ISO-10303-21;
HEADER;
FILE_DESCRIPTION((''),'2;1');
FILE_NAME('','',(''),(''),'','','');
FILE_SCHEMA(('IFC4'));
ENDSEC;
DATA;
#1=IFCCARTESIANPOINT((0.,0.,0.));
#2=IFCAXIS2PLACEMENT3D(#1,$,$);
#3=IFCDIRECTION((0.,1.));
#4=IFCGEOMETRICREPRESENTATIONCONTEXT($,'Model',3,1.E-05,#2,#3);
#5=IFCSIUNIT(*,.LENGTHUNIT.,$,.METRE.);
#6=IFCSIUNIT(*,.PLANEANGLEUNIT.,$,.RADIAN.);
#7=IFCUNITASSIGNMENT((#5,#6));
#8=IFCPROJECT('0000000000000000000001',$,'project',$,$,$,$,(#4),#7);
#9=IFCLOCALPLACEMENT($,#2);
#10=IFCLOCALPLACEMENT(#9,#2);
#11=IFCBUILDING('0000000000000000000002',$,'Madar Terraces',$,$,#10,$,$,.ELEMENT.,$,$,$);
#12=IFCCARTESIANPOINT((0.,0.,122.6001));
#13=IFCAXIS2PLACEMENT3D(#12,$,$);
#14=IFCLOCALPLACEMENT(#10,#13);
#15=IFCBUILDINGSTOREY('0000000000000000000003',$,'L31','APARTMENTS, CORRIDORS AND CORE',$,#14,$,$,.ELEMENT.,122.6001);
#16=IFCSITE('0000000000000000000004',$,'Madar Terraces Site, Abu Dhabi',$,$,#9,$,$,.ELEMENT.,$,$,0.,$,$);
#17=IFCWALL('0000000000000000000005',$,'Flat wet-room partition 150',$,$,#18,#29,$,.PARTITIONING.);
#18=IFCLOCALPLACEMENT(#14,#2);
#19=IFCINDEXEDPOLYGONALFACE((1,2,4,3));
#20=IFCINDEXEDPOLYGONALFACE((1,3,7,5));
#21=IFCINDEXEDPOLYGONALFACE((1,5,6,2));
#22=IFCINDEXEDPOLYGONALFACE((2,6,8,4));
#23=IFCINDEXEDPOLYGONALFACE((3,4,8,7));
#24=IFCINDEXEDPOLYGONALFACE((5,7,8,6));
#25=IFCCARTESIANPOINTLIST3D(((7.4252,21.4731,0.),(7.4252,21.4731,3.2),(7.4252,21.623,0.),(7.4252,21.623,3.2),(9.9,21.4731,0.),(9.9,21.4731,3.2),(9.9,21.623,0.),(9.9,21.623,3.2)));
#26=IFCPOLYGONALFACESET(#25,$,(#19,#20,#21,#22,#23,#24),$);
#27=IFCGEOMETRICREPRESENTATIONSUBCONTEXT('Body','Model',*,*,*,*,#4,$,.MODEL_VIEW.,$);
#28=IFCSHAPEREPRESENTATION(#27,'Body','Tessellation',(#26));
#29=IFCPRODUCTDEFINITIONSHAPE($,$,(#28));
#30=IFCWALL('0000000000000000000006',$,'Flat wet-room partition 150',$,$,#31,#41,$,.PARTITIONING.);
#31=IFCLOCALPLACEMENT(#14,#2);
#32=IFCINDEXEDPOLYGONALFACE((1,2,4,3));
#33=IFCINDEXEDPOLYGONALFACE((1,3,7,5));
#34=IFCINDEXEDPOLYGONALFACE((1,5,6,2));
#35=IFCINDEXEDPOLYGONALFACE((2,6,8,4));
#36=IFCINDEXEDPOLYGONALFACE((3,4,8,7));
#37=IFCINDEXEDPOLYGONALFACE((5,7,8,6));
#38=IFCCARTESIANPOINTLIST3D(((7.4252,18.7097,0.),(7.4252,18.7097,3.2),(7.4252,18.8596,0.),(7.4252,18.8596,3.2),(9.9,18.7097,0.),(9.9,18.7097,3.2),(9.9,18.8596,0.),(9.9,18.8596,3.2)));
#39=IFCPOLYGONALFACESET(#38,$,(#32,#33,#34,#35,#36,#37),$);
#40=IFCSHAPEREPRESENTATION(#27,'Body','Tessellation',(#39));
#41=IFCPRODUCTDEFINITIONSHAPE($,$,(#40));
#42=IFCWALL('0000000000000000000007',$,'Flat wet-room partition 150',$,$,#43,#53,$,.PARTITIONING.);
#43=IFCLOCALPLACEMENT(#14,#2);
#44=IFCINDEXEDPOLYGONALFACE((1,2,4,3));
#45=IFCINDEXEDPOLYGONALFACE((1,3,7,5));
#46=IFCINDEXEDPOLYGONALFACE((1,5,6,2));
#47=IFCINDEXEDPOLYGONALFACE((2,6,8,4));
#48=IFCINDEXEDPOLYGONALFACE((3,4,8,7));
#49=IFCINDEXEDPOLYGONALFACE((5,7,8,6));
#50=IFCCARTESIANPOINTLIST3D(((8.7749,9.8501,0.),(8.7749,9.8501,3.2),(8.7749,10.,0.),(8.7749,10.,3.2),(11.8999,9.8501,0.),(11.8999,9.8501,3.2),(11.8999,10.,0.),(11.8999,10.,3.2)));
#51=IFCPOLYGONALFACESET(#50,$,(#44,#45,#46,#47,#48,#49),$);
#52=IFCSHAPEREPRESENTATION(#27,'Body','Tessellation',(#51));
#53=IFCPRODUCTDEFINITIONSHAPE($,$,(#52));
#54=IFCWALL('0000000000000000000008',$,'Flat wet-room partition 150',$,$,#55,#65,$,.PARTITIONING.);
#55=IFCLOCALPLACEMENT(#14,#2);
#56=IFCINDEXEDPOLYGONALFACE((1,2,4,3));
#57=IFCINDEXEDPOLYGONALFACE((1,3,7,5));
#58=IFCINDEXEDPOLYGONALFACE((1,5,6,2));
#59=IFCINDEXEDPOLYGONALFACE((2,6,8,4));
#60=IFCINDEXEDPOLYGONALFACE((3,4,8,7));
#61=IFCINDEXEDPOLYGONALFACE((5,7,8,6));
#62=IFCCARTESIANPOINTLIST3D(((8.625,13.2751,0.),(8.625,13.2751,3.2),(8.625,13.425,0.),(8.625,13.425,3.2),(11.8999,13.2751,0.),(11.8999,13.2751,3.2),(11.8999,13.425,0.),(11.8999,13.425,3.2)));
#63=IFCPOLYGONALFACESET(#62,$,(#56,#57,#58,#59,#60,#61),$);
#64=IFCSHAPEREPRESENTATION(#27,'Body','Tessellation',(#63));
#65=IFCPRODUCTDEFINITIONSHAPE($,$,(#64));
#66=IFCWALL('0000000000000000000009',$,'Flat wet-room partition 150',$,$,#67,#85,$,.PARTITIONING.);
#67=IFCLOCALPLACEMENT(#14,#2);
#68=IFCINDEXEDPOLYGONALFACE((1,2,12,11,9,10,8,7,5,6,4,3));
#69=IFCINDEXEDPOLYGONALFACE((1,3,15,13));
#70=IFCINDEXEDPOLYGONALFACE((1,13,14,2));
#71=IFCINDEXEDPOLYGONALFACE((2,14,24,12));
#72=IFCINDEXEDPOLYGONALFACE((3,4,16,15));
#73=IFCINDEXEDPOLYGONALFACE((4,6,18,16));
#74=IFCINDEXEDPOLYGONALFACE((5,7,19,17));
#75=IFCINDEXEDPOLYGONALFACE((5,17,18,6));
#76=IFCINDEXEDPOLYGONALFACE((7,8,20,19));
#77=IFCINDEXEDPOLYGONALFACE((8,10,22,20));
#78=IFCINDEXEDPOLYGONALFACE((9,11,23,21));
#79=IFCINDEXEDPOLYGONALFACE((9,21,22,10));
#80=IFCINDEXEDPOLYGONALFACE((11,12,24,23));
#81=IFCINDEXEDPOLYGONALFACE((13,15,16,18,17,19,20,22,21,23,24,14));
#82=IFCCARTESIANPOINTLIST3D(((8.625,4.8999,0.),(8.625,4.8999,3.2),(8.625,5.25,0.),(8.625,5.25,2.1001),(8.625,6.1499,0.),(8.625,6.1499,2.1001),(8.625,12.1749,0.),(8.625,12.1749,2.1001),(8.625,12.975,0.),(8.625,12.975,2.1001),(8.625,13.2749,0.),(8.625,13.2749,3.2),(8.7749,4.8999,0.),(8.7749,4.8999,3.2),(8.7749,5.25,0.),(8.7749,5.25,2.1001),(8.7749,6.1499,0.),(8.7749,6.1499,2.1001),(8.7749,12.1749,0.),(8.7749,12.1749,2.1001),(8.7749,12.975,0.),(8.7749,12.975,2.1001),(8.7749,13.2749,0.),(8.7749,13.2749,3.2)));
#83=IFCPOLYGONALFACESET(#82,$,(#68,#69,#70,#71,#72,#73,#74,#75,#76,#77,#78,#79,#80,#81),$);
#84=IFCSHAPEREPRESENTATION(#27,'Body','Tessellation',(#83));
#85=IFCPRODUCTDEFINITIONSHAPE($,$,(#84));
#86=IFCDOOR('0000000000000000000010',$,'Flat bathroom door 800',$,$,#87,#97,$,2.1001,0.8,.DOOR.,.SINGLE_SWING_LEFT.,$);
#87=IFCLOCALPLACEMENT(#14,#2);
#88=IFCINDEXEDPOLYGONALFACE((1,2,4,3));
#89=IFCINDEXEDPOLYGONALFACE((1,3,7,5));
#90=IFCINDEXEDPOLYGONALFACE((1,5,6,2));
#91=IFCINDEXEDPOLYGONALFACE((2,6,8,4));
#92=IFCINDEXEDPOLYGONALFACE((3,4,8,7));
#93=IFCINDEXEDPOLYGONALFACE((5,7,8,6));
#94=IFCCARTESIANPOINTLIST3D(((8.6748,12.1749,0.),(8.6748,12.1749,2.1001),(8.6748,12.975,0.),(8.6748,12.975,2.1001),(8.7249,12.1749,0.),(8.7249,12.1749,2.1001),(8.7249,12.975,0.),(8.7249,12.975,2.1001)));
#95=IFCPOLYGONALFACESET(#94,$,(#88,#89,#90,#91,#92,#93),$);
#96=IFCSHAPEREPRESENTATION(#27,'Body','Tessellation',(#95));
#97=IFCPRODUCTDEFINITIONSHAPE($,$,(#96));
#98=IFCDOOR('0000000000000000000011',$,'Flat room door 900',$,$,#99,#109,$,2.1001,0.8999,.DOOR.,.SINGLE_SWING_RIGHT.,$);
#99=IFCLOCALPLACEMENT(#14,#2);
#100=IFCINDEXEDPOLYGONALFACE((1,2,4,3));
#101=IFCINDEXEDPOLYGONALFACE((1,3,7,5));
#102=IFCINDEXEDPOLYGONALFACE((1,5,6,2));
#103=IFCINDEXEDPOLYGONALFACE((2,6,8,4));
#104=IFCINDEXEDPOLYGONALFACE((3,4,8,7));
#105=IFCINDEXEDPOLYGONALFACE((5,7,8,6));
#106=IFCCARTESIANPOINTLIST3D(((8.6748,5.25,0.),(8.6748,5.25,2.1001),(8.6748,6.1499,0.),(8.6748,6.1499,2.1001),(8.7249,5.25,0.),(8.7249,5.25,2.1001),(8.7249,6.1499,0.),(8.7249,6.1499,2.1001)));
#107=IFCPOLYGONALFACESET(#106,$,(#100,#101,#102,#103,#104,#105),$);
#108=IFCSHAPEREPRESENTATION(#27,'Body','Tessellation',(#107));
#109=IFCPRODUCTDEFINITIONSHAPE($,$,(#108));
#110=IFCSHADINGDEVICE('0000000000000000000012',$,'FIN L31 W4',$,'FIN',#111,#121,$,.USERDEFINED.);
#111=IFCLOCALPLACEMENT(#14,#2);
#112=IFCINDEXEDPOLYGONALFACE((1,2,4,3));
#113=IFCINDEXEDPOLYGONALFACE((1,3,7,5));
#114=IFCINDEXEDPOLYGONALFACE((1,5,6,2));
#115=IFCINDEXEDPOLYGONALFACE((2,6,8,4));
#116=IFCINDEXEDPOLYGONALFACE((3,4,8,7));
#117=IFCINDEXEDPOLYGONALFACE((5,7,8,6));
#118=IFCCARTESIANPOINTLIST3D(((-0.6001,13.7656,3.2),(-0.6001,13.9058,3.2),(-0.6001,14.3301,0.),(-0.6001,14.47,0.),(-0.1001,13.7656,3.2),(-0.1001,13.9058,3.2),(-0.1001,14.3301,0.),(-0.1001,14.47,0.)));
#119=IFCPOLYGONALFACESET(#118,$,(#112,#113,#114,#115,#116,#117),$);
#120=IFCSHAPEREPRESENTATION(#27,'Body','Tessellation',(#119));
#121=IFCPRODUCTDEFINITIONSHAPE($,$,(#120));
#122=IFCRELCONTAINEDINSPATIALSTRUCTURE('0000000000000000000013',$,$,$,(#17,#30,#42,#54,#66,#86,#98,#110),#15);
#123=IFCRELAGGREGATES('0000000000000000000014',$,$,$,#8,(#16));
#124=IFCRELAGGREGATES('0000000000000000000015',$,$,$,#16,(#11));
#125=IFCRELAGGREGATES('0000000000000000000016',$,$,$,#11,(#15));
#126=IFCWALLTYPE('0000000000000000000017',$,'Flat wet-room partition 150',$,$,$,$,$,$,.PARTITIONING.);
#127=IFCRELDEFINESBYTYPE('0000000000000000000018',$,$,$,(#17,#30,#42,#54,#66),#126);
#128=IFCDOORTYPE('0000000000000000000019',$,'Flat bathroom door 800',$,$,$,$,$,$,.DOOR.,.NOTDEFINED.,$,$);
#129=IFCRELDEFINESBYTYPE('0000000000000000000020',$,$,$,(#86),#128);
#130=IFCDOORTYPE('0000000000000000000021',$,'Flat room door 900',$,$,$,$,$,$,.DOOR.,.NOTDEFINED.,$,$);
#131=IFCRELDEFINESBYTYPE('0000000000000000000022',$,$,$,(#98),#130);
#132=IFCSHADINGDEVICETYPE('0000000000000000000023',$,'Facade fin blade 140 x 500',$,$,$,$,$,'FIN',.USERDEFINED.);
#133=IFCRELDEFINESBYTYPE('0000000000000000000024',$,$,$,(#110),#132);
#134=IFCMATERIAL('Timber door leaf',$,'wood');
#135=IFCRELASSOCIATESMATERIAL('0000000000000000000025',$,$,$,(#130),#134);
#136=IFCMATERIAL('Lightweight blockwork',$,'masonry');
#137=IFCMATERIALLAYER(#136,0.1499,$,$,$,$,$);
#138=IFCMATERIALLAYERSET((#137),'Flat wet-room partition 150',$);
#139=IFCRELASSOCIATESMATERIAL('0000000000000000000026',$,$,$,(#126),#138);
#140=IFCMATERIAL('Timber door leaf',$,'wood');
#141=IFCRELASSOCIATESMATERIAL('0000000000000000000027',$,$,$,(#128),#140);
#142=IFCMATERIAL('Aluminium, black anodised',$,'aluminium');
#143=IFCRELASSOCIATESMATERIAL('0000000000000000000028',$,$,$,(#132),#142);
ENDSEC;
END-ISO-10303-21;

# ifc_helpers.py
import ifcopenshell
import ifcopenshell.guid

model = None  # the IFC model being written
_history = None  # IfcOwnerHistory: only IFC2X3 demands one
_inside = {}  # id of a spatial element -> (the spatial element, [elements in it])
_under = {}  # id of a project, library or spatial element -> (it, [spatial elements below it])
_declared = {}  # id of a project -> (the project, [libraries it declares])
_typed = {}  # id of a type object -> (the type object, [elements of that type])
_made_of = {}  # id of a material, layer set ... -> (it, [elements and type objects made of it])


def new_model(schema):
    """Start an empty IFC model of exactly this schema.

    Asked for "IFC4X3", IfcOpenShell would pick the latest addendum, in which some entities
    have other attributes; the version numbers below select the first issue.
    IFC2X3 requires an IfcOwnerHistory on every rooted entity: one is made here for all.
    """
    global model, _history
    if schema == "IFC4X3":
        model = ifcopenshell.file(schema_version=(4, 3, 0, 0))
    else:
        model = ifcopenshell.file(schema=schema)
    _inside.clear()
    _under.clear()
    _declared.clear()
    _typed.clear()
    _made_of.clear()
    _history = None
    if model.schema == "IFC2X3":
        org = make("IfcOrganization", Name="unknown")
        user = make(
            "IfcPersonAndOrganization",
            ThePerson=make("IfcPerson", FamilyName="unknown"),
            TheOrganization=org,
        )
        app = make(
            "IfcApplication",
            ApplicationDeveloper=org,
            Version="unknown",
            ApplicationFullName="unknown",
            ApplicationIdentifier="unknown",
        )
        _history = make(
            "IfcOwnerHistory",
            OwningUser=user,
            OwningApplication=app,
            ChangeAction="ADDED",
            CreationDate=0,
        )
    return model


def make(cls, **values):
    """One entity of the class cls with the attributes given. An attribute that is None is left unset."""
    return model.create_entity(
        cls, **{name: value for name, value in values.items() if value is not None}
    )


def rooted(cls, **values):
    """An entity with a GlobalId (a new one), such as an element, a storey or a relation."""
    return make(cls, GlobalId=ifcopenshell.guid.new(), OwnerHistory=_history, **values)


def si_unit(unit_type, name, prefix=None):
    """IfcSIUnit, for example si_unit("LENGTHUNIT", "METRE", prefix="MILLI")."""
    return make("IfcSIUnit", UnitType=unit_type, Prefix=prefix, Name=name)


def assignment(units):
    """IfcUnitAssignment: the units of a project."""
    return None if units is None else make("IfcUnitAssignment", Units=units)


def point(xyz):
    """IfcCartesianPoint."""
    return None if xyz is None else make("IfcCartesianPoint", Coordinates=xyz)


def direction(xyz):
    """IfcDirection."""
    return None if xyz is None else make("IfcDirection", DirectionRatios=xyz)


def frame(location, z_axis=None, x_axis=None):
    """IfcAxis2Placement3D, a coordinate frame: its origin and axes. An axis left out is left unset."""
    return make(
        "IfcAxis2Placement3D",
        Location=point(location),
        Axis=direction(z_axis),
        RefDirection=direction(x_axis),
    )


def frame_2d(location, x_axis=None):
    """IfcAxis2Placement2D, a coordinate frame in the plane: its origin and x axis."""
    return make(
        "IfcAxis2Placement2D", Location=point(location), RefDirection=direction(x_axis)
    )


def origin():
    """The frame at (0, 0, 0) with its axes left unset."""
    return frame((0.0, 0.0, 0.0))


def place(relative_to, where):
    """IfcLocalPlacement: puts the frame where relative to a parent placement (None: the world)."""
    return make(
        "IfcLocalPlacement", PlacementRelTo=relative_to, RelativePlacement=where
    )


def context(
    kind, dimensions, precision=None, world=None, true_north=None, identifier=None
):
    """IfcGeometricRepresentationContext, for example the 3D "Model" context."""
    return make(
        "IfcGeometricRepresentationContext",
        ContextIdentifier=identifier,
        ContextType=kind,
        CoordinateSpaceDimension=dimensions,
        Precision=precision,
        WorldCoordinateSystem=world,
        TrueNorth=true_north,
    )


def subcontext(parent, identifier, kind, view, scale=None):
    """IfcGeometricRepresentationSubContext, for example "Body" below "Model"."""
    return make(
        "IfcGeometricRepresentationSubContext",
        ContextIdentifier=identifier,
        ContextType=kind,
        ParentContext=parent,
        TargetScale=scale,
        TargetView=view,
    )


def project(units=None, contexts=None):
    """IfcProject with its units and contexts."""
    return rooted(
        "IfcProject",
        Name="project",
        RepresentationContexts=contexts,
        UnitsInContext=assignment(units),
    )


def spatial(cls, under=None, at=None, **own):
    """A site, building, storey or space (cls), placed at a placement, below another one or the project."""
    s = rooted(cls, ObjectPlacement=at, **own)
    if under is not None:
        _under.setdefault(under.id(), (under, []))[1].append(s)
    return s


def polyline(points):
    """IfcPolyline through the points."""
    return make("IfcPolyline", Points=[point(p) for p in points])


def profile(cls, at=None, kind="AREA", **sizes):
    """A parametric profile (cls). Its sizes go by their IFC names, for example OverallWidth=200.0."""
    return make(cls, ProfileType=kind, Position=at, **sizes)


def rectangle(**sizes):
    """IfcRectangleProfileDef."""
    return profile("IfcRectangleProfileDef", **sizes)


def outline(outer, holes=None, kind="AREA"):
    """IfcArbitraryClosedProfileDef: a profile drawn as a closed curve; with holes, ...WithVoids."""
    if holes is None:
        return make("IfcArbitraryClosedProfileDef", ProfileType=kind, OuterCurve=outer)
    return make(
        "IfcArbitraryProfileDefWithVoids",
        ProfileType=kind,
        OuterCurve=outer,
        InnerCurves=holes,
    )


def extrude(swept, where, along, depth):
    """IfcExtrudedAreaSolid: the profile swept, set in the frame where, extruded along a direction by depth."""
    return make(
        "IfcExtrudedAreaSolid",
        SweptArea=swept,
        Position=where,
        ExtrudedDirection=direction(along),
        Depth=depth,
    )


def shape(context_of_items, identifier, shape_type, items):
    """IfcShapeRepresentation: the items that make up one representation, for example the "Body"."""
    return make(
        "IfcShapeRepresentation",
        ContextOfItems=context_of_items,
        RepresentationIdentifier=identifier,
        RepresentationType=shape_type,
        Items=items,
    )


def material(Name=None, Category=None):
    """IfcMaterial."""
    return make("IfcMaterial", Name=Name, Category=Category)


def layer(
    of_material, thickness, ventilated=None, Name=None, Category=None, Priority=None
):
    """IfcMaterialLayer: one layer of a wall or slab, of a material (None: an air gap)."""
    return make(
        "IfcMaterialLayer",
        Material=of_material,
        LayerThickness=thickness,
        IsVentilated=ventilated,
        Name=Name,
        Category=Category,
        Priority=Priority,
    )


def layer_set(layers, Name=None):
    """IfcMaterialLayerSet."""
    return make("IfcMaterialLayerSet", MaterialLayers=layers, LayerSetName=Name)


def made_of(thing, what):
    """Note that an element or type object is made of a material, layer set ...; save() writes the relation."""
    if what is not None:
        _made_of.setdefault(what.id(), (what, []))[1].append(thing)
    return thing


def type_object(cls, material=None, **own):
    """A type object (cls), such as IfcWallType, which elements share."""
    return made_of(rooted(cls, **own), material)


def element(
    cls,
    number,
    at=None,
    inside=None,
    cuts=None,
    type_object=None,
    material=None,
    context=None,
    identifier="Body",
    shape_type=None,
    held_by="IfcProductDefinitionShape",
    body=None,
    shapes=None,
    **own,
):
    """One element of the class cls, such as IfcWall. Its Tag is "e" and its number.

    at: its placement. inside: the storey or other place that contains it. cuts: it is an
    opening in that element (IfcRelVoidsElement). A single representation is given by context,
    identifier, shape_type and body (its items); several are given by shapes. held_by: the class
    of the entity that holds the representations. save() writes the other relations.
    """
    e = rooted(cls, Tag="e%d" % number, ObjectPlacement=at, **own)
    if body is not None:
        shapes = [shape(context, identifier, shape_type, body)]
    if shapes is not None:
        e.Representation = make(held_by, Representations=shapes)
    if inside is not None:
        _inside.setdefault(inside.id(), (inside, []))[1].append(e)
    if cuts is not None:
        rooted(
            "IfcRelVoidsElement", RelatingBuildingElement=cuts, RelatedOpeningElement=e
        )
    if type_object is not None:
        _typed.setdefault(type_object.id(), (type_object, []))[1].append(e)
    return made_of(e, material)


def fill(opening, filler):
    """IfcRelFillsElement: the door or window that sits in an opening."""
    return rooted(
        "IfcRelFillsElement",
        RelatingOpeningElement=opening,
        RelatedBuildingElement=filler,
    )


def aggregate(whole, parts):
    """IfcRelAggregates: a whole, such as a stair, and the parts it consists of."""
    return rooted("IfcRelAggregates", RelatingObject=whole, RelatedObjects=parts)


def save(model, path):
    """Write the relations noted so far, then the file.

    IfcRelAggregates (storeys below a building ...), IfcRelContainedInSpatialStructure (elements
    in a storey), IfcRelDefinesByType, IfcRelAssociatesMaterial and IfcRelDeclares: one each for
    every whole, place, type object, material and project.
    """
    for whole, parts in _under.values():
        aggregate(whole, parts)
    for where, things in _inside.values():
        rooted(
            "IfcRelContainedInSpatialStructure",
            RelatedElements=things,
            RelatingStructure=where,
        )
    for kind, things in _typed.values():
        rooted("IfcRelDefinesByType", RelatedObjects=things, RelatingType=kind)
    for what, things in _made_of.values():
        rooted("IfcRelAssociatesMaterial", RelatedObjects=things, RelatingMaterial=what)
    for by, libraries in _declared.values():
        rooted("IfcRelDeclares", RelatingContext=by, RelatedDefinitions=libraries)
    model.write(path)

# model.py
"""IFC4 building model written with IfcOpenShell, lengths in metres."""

from ifc_helpers import new_model, si_unit, direction, frame, frame_2d, origin, place, context, subcontext, project, spatial, polyline, rectangle, outline, extrude, material, layer, layer_set, type_object, element, fill, save


model = new_model("IFC4")

# Units and contexts
model_context = context("Model", 3, precision=1e-05, world=origin(), true_north=direction((0.0, 1.0)))
body_context = subcontext(model_context, "Body", "Model", "MODEL_VIEW")
ifc_project = project(units=[si_unit("LENGTHUNIT", "METRE"), si_unit("PLANEANGLEUNIT", "RADIAN")], contexts=[model_context])

# Site, building, storey
site_placement = place(None, origin())
site = spatial("IfcSite", under=ifc_project, at=site_placement, Name="Madar Terraces Site, Abu Dhabi", CompositionType="ELEMENT", RefElevation=0.0)
building_placement = place(site_placement, origin())
building = spatial("IfcBuilding", under=site, at=building_placement, Name="Madar Terraces", CompositionType="ELEMENT")
storey_placement = place(building_placement, frame((0.0, 0.0, 122.6001)))
storey = spatial("IfcBuildingStorey", under=building, at=storey_placement, Name="L31", Description="APARTMENTS, CORRIDORS AND CORE", CompositionType="ELEMENT", Elevation=122.6001)

# Shared definitions
ifc_material_1 = material(Name="Timber door leaf", Category="wood")
door_type_1 = type_object("IfcDoorType", Name="Flat room door 900", OperationType="NOTDEFINED", PredefinedType="DOOR", material=ifc_material_1)

# Walls
ifc_material_2 = material(Name="Lightweight blockwork", Category="masonry")
ifc_layer_1 = layer(ifc_material_2, 0.1499)
ifc_layer_set_1 = layer_set([ifc_layer_1], Name="Flat wet-room partition 150")
wall_type_1 = type_object("IfcWallType", Name="Flat wet-room partition 150", PredefinedType="PARTITIONING", material=ifc_layer_set_1)
for number, where, z_axis, x_axis, name in (
    (1, (9.8999, 21.5481, 0.0), (0.0, 0.0, 1.0), (-1.0, 0.0, 0.0), "Flat wet-room partition 150"),
    (2, (9.8999, 18.7847, 0.0), (0.0, 0.0, 1.0), (-1.0, 0.0, 0.0), "Flat wet-room partition 150"),
):
    element("IfcWall", number, at=place(storey_placement, frame(where, z_axis=z_axis, x_axis=x_axis)), inside=storey, type_object=wall_type_1, Name=name, PredefinedType="PARTITIONING", context=body_context, shape_type="SweptSolid", body=[
        extrude(rectangle(XDim=2.4749, YDim=0.1499, at=frame_2d((1.2373, 0.0))), origin(), (0.0, 0.0, 1.0), 3.2),
    ])
wall_1_placement = place(storey_placement, frame((11.8999, 9.925, 0.0), z_axis=(0.0, 0.0, 1.0), x_axis=(-1.0, 0.0, 0.0)))
element("IfcWall", 3, at=wall_1_placement, inside=storey, type_object=wall_type_1, Name="Flat wet-room partition 150", PredefinedType="PARTITIONING", context=body_context, shape_type="SweptSolid", body=[
    extrude(rectangle(XDim=3.125, YDim=0.1499, at=frame_2d((1.5625, 0.0))), origin(), (0.0, 0.0, 1.0), 3.2),
])
wall_2_placement = place(storey_placement, frame((11.8999, 13.3501, 0.0), z_axis=(0.0, 0.0, 1.0), x_axis=(-1.0, 0.0, 0.0)))
element("IfcWall", 4, at=wall_2_placement, inside=storey, type_object=wall_type_1, Name="Flat wet-room partition 150", PredefinedType="PARTITIONING", context=body_context, shape_type="SweptSolid", body=[
    extrude(rectangle(XDim=3.2749, YDim=0.1499, at=frame_2d((1.6375, 0.0))), origin(), (0.0, 0.0, 1.0), 3.2),
])

# Wall, openings, doors
wall_3_placement = place(storey_placement, frame((8.7, 13.2749, 0.0), z_axis=(0.0, 0.0, 1.0), x_axis=(0.0, -1.0, 0.0)))
wall_3 = element("IfcWall", 5, at=wall_3_placement, inside=storey, type_object=wall_type_1, Name="Flat wet-room partition 150", PredefinedType="PARTITIONING", context=body_context, shape_type="SweptSolid", body=[
    extrude(rectangle(XDim=8.375, YDim=0.1499, at=frame_2d((4.1875, 0.0))), origin(), (0.0, 0.0, 1.0), 3.2),
])
opening_1_placement = place(wall_3_placement, frame((0.3, 0.0, 0.0)))
opening_1 = element("IfcOpeningElement", 6, at=opening_1_placement, cuts=wall_3, PredefinedType="OPENING", context=body_context, shape_type="SweptSolid", body=[
    extrude(rectangle(XDim=0.8, YDim=2.1001, at=frame_2d((0.3999, 1.05))), frame((0.0, 0.085, 0.0), z_axis=(0.0, -1.0, 0.0), x_axis=(1.0, 0.0, 0.0)), (0.0, 0.0, 1.0), 0.1699),
])
opening_2_placement = place(wall_3_placement, frame((7.125, 0.0, 0.0)))
opening_2 = element("IfcOpeningElement", 7, at=opening_2_placement, cuts=wall_3, PredefinedType="OPENING", context=body_context, shape_type="SweptSolid", body=[
    extrude(rectangle(XDim=0.8999, YDim=2.1001, at=frame_2d((0.45, 1.05))), frame((0.0, 0.085, 0.0), z_axis=(0.0, -1.0, 0.0), x_axis=(1.0, 0.0, 0.0)), (0.0, 0.0, 1.0), 0.1699),
])
ifc_material_3 = material(Name="Timber door leaf", Category="wood")
door_type_2 = type_object("IfcDoorType", Name="Flat bathroom door 800", OperationType="NOTDEFINED", PredefinedType="DOOR", material=ifc_material_3)
door_1_placement = place(opening_1_placement, origin())
door_1 = element("IfcDoor", 8, at=door_1_placement, inside=storey, type_object=door_type_2, Name="Flat bathroom door 800", OperationType="SINGLE_SWING_LEFT", OverallHeight=2.1001, OverallWidth=0.8, PredefinedType="DOOR", context=body_context, shape_type="SweptSolid", body=[
    extrude(rectangle(XDim=0.8, YDim=2.1001, at=frame_2d((0.3999, 1.05))), frame((0.0, 0.0249, 0.0), z_axis=(0.0, -1.0, 0.0), x_axis=(1.0, 0.0, 0.0)), (0.0, 0.0, 1.0), 0.05),
])
fill(opening_1, door_1)
door_2_placement = place(opening_2_placement, origin())
door_2 = element("IfcDoor", 9, at=door_2_placement, inside=storey, type_object=door_type_1, Name="Flat room door 900", OperationType="SINGLE_SWING_RIGHT", OverallHeight=2.1001, OverallWidth=0.8999, PredefinedType="DOOR", context=body_context, shape_type="SweptSolid", body=[
    extrude(rectangle(XDim=0.8999, YDim=2.1001, at=frame_2d((0.45, 1.05))), frame((0.0, 0.0249, 0.0), z_axis=(0.0, -1.0, 0.0), x_axis=(1.0, 0.0, 0.0)), (0.0, 0.0, 1.0), 0.05),
])
fill(opening_2, door_2)

# Shading device
ifc_material_4 = material(Name="Aluminium, black anodised", Category="aluminium")
shading_device_type = type_object("IfcShadingDeviceType", Name="Facade fin blade 140 x 500", ElementType="FIN", PredefinedType="USERDEFINED", material=ifc_material_4)
shading_device_placement = place(storey_placement, frame((-0.3501, 14.47, 0.0), z_axis=(0.0, 0.0, 1.0), x_axis=(0.0, -1.0, 0.0)))
element("IfcShadingDevice", 10, at=shading_device_placement, inside=storey, type_object=shading_device_type, Name="FIN L31 W4", ObjectType="FIN", PredefinedType="USERDEFINED", context=body_context, shape_type="SweptSolid", body=[
    extrude(outline(polyline([(0.0, 0.0), (0.1399, 0.0), (0.7043, 3.2), (0.5642, 3.2), (0.0, 0.0)])), frame((0.0, 0.25, 0.0), z_axis=(0.0, -1.0, 0.0), x_axis=(1.0, 0.0, 0.0)), (0.0, 0.0, 1.0), 0.5),
])

save(model, "model.ifc")
